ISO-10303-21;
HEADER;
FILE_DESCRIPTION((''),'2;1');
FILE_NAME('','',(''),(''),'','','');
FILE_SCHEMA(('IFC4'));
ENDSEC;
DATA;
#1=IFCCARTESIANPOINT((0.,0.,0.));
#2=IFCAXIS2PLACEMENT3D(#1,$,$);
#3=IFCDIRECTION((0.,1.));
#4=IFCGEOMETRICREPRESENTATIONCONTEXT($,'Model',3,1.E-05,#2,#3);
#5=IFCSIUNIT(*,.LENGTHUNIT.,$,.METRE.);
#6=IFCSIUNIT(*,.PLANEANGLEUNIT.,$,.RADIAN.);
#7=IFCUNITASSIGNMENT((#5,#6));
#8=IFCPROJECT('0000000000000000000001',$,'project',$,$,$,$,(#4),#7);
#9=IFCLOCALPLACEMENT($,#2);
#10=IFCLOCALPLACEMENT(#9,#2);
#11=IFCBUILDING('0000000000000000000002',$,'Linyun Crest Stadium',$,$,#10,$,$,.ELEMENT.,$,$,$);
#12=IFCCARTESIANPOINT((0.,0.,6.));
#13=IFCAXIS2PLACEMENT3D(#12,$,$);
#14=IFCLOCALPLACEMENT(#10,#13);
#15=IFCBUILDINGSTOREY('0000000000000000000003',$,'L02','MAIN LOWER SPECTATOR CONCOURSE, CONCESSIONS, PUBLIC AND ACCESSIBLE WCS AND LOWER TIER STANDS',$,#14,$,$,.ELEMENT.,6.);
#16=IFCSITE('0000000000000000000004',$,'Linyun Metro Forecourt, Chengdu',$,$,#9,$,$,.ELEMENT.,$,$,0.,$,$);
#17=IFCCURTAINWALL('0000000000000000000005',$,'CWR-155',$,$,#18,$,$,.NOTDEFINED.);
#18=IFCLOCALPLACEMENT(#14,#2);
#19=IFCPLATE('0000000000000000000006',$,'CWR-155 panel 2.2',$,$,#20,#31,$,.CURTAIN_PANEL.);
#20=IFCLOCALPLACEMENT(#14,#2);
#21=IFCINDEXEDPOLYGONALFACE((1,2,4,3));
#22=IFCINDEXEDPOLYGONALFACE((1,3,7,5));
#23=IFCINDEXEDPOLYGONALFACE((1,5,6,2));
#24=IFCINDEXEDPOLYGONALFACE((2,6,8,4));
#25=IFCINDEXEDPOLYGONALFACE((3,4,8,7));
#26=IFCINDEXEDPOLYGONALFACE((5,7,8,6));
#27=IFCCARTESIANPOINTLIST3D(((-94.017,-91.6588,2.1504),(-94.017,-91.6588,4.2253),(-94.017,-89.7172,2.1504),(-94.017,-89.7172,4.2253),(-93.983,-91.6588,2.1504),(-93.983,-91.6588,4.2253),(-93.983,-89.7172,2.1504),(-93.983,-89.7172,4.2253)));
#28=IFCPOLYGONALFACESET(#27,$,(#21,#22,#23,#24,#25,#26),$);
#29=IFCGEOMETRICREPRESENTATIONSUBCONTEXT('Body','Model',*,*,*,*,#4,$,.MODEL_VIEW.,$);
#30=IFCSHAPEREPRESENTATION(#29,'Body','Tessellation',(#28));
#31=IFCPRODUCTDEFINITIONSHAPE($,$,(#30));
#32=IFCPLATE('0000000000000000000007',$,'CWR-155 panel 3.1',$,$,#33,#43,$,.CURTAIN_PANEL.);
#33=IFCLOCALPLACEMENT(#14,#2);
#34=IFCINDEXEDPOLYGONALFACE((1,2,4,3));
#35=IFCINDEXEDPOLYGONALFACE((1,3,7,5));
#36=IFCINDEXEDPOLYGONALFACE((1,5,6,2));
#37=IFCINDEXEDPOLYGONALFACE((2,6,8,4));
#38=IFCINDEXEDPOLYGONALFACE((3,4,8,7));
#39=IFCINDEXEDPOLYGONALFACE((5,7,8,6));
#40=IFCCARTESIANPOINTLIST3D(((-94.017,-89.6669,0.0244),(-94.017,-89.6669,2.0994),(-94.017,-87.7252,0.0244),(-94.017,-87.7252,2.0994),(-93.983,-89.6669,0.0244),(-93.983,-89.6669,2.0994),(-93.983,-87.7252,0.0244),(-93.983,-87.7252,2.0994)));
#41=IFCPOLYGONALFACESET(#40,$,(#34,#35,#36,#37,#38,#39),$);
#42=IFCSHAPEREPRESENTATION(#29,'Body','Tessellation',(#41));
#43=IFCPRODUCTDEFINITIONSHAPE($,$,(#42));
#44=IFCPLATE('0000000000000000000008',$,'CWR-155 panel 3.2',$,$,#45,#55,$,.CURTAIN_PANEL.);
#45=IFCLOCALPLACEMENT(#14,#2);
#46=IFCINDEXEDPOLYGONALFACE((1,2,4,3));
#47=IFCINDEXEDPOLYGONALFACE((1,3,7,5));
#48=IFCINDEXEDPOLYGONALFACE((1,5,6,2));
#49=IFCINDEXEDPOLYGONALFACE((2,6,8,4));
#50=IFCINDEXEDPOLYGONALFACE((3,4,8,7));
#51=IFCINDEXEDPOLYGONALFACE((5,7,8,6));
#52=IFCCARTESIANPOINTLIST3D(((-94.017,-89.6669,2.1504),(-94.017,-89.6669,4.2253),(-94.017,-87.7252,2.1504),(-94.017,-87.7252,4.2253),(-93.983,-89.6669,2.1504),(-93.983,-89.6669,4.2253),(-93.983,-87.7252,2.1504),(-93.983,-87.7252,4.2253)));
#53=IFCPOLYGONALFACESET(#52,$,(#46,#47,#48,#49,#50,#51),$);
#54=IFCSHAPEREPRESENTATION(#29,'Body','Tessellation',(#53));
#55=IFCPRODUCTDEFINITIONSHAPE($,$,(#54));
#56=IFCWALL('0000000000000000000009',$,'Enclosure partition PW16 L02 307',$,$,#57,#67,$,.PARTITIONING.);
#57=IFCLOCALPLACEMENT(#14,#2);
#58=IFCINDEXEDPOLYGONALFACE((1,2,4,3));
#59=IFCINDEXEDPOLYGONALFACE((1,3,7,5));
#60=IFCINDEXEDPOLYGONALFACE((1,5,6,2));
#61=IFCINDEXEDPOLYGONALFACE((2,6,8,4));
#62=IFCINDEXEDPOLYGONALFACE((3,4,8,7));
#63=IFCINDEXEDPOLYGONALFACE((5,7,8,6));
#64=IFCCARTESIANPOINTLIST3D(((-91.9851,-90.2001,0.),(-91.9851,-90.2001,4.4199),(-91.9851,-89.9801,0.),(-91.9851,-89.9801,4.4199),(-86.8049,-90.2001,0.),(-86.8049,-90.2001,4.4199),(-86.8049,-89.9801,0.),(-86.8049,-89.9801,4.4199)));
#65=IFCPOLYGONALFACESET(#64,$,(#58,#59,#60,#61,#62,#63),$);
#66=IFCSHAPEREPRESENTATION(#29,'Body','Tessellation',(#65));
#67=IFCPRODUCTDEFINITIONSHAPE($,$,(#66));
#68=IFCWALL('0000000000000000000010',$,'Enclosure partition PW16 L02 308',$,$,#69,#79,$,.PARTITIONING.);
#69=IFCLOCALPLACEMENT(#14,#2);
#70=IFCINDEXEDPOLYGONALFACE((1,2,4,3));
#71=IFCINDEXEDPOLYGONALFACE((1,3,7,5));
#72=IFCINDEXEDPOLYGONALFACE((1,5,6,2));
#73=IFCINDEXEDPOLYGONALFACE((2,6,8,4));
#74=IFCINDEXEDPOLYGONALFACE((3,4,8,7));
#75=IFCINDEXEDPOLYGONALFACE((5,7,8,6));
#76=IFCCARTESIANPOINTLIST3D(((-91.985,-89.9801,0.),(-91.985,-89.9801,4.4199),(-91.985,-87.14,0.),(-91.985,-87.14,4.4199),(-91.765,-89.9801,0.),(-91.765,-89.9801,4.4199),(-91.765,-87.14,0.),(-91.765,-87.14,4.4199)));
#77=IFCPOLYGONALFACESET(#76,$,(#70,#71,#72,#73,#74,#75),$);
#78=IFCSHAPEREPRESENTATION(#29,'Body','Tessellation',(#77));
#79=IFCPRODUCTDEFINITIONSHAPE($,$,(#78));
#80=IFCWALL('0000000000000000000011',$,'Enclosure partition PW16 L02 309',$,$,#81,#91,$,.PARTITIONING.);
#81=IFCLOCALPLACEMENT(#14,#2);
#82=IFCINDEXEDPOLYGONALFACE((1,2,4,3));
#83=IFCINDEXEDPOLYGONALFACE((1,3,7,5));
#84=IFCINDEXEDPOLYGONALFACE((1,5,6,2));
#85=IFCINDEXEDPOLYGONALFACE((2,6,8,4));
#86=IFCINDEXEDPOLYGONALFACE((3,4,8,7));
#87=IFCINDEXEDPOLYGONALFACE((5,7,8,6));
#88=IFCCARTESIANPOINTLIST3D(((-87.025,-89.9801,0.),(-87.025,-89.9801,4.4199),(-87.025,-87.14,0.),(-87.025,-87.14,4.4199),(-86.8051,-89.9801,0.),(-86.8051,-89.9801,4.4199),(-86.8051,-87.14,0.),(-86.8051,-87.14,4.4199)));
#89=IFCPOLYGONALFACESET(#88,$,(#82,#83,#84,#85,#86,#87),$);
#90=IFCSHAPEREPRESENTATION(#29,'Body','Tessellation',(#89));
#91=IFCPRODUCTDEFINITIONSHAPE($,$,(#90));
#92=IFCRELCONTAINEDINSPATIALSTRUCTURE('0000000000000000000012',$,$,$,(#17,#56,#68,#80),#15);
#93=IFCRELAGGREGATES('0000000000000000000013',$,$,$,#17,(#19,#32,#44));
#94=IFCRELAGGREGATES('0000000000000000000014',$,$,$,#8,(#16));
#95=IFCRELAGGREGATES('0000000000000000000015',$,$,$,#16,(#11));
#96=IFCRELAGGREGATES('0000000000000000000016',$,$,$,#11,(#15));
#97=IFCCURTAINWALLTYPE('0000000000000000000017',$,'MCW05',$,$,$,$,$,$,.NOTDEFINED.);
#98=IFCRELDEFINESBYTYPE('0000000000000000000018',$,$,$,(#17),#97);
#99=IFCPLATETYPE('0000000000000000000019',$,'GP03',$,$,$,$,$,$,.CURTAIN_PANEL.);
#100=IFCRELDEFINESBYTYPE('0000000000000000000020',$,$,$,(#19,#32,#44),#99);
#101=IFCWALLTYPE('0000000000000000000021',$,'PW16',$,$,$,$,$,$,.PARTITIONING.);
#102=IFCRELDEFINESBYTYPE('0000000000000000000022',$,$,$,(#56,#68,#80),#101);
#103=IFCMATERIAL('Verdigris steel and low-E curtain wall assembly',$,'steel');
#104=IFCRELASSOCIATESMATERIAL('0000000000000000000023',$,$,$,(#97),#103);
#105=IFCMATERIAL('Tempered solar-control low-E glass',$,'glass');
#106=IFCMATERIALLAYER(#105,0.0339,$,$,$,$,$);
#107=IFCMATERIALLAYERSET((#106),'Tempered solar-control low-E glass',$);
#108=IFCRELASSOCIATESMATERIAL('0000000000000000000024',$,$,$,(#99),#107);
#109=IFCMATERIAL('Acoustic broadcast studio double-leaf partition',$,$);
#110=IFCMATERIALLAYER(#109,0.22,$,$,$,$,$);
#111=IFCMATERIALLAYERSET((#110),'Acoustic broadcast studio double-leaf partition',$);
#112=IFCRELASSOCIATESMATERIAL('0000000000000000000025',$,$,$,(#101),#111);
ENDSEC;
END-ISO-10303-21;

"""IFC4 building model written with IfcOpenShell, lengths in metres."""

from ifc_helpers import new_model, si_unit, direction, frame, frame_2d, origin, origin_2d, place, context, subcontext, project, spatial, rectangle, extrude, material, layer, layer_set, type_object, element, aggregate, save


model = new_model("IFC4")

# Units and contexts
model_context = context("Model", 3, precision=1e-05, world=origin(), true_north=direction((0.0, 1.0)))
body_context = subcontext(model_context, "Body", "Model", "MODEL_VIEW")
ifc_project = project(units=[si_unit("LENGTHUNIT", "METRE"), si_unit("PLANEANGLEUNIT", "RADIAN")], contexts=[model_context])

# Site, building, storey
site_placement = place(None, origin())
site = spatial("IfcSite", under=ifc_project, at=site_placement, Name="Linyun Metro Forecourt, Chengdu", CompositionType="ELEMENT", RefElevation=0.0)
building_placement = place(site_placement, origin())
building = spatial("IfcBuilding", under=site, at=building_placement, Name="Linyun Crest Stadium", CompositionType="ELEMENT")
storey_placement = place(building_placement, frame((0.0, 0.0, 6.0)))
storey = spatial("IfcBuildingStorey", under=building, at=storey_placement, Name="L02", Description="MAIN LOWER SPECTATOR CONCOURSE, CONCESSIONS, PUBLIC AND ACCESSIBLE WCS AND LOWER TIER STANDS", CompositionType="ELEMENT", Elevation=6.0)

# Curtain wall
ifc_material_1 = material(Name="Verdigris steel and low-E curtain wall assembly", Category="steel")
curtain_wall_type = type_object("IfcCurtainWallType", Name="MCW05", PredefinedType="NOTDEFINED", material=ifc_material_1)
curtain_wall_placement = place(storey_placement, origin())
curtain_wall = element("IfcCurtainWall", 1, at=curtain_wall_placement, inside=storey, type_object=curtain_wall_type, Name="CWR-155", PredefinedType="NOTDEFINED")

# Plates
ifc_material_2 = material(Name="Tempered solar-control low-E glass", Category="glass")
ifc_layer_1 = layer(ifc_material_2, 0.0339)
ifc_layer_set_1 = layer_set([ifc_layer_1], Name="Tempered solar-control low-E glass")
plate_type = type_object("IfcPlateType", Name="GP03", PredefinedType="CURTAIN_PANEL", material=ifc_layer_set_1)
plate_1_placement = place(storey_placement, frame((-94.0, -90.688, 2.1504), z_axis=(0.0, 0.0, 1.0), x_axis=(0.0, 1.0, 0.0)))
plate_1 = element("IfcPlate", 2, at=plate_1_placement, type_object=plate_type, Name="CWR-155 panel 2.2", PredefinedType="CURTAIN_PANEL", context=body_context, shape_type="SweptSolid", body=[
    extrude(rectangle(XDim=1.9417, YDim=0.0339, at=origin_2d()), origin(), (0.0, 0.0, 1.0), 2.075),
])
plate_2_placement = place(storey_placement, frame((-94.0, -88.696, 0.0244), z_axis=(0.0, 0.0, 1.0), x_axis=(0.0, 1.0, 0.0)))
plate_2 = element("IfcPlate", 3, at=plate_2_placement, type_object=plate_type, Name="CWR-155 panel 3.1", PredefinedType="CURTAIN_PANEL", context=body_context, shape_type="SweptSolid", body=[
    extrude(rectangle(XDim=1.9417, YDim=0.0339, at=origin_2d()), origin(), (0.0, 0.0, 1.0), 2.075),
])
plate_3_placement = place(storey_placement, frame((-94.0, -88.696, 2.1504), z_axis=(0.0, 0.0, 1.0), x_axis=(0.0, 1.0, 0.0)))
plate_3 = element("IfcPlate", 4, at=plate_3_placement, type_object=plate_type, Name="CWR-155 panel 3.2", PredefinedType="CURTAIN_PANEL", context=body_context, shape_type="SweptSolid", body=[
    extrude(rectangle(XDim=1.9417, YDim=0.0339, at=origin_2d()), origin(), (0.0, 0.0, 1.0), 2.075),
])
aggregate(curtain_wall, [plate_1, plate_2, plate_3])

# Walls
ifc_material_3 = material(Name="Acoustic broadcast studio double-leaf partition")
ifc_layer_2 = layer(ifc_material_3, 0.22)
ifc_layer_set_2 = layer_set([ifc_layer_2], Name="Acoustic broadcast studio double-leaf partition")
wall_type = type_object("IfcWallType", Name="PW16", PredefinedType="PARTITIONING", material=ifc_layer_set_2)
wall_placement = place(storey_placement, frame((-91.9851, -90.0901, 0.0), z_axis=(0.0, 0.0, 1.0), x_axis=(1.0, 0.0, 0.0)))
element("IfcWall", 5, at=wall_placement, inside=storey, type_object=wall_type, Name="Enclosure partition PW16 L02 307", PredefinedType="PARTITIONING", context=body_context, shape_type="SweptSolid", body=[
    extrude(rectangle(XDim=5.1802, YDim=0.22, at=frame_2d((2.5901, 0.0))), origin(), (0.0, 0.0, 1.0), 4.4199),
])
for number, where, z_axis, x_axis, name in (
    (6, (-91.875, -89.98, 0.0), (0.0, 0.0, 1.0), (0.0, 1.0, 0.0), "Enclosure partition PW16 L02 308"),
    (7, (-86.915, -89.98, 0.0), (0.0, 0.0, 1.0), (0.0, 1.0, 0.0), "Enclosure partition PW16 L02 309"),
):
    element("IfcWall", number, at=place(storey_placement, frame(where, z_axis=z_axis, x_axis=x_axis)), inside=storey, type_object=wall_type, Name=name, PredefinedType="PARTITIONING", context=body_context, shape_type="SweptSolid", body=[
        extrude(rectangle(XDim=2.8401, YDim=0.22, at=frame_2d((1.4199, 0.0))), origin(), (0.0, 0.0, 1.0), 4.4199),
    ])

save(model, "model.ifc")
